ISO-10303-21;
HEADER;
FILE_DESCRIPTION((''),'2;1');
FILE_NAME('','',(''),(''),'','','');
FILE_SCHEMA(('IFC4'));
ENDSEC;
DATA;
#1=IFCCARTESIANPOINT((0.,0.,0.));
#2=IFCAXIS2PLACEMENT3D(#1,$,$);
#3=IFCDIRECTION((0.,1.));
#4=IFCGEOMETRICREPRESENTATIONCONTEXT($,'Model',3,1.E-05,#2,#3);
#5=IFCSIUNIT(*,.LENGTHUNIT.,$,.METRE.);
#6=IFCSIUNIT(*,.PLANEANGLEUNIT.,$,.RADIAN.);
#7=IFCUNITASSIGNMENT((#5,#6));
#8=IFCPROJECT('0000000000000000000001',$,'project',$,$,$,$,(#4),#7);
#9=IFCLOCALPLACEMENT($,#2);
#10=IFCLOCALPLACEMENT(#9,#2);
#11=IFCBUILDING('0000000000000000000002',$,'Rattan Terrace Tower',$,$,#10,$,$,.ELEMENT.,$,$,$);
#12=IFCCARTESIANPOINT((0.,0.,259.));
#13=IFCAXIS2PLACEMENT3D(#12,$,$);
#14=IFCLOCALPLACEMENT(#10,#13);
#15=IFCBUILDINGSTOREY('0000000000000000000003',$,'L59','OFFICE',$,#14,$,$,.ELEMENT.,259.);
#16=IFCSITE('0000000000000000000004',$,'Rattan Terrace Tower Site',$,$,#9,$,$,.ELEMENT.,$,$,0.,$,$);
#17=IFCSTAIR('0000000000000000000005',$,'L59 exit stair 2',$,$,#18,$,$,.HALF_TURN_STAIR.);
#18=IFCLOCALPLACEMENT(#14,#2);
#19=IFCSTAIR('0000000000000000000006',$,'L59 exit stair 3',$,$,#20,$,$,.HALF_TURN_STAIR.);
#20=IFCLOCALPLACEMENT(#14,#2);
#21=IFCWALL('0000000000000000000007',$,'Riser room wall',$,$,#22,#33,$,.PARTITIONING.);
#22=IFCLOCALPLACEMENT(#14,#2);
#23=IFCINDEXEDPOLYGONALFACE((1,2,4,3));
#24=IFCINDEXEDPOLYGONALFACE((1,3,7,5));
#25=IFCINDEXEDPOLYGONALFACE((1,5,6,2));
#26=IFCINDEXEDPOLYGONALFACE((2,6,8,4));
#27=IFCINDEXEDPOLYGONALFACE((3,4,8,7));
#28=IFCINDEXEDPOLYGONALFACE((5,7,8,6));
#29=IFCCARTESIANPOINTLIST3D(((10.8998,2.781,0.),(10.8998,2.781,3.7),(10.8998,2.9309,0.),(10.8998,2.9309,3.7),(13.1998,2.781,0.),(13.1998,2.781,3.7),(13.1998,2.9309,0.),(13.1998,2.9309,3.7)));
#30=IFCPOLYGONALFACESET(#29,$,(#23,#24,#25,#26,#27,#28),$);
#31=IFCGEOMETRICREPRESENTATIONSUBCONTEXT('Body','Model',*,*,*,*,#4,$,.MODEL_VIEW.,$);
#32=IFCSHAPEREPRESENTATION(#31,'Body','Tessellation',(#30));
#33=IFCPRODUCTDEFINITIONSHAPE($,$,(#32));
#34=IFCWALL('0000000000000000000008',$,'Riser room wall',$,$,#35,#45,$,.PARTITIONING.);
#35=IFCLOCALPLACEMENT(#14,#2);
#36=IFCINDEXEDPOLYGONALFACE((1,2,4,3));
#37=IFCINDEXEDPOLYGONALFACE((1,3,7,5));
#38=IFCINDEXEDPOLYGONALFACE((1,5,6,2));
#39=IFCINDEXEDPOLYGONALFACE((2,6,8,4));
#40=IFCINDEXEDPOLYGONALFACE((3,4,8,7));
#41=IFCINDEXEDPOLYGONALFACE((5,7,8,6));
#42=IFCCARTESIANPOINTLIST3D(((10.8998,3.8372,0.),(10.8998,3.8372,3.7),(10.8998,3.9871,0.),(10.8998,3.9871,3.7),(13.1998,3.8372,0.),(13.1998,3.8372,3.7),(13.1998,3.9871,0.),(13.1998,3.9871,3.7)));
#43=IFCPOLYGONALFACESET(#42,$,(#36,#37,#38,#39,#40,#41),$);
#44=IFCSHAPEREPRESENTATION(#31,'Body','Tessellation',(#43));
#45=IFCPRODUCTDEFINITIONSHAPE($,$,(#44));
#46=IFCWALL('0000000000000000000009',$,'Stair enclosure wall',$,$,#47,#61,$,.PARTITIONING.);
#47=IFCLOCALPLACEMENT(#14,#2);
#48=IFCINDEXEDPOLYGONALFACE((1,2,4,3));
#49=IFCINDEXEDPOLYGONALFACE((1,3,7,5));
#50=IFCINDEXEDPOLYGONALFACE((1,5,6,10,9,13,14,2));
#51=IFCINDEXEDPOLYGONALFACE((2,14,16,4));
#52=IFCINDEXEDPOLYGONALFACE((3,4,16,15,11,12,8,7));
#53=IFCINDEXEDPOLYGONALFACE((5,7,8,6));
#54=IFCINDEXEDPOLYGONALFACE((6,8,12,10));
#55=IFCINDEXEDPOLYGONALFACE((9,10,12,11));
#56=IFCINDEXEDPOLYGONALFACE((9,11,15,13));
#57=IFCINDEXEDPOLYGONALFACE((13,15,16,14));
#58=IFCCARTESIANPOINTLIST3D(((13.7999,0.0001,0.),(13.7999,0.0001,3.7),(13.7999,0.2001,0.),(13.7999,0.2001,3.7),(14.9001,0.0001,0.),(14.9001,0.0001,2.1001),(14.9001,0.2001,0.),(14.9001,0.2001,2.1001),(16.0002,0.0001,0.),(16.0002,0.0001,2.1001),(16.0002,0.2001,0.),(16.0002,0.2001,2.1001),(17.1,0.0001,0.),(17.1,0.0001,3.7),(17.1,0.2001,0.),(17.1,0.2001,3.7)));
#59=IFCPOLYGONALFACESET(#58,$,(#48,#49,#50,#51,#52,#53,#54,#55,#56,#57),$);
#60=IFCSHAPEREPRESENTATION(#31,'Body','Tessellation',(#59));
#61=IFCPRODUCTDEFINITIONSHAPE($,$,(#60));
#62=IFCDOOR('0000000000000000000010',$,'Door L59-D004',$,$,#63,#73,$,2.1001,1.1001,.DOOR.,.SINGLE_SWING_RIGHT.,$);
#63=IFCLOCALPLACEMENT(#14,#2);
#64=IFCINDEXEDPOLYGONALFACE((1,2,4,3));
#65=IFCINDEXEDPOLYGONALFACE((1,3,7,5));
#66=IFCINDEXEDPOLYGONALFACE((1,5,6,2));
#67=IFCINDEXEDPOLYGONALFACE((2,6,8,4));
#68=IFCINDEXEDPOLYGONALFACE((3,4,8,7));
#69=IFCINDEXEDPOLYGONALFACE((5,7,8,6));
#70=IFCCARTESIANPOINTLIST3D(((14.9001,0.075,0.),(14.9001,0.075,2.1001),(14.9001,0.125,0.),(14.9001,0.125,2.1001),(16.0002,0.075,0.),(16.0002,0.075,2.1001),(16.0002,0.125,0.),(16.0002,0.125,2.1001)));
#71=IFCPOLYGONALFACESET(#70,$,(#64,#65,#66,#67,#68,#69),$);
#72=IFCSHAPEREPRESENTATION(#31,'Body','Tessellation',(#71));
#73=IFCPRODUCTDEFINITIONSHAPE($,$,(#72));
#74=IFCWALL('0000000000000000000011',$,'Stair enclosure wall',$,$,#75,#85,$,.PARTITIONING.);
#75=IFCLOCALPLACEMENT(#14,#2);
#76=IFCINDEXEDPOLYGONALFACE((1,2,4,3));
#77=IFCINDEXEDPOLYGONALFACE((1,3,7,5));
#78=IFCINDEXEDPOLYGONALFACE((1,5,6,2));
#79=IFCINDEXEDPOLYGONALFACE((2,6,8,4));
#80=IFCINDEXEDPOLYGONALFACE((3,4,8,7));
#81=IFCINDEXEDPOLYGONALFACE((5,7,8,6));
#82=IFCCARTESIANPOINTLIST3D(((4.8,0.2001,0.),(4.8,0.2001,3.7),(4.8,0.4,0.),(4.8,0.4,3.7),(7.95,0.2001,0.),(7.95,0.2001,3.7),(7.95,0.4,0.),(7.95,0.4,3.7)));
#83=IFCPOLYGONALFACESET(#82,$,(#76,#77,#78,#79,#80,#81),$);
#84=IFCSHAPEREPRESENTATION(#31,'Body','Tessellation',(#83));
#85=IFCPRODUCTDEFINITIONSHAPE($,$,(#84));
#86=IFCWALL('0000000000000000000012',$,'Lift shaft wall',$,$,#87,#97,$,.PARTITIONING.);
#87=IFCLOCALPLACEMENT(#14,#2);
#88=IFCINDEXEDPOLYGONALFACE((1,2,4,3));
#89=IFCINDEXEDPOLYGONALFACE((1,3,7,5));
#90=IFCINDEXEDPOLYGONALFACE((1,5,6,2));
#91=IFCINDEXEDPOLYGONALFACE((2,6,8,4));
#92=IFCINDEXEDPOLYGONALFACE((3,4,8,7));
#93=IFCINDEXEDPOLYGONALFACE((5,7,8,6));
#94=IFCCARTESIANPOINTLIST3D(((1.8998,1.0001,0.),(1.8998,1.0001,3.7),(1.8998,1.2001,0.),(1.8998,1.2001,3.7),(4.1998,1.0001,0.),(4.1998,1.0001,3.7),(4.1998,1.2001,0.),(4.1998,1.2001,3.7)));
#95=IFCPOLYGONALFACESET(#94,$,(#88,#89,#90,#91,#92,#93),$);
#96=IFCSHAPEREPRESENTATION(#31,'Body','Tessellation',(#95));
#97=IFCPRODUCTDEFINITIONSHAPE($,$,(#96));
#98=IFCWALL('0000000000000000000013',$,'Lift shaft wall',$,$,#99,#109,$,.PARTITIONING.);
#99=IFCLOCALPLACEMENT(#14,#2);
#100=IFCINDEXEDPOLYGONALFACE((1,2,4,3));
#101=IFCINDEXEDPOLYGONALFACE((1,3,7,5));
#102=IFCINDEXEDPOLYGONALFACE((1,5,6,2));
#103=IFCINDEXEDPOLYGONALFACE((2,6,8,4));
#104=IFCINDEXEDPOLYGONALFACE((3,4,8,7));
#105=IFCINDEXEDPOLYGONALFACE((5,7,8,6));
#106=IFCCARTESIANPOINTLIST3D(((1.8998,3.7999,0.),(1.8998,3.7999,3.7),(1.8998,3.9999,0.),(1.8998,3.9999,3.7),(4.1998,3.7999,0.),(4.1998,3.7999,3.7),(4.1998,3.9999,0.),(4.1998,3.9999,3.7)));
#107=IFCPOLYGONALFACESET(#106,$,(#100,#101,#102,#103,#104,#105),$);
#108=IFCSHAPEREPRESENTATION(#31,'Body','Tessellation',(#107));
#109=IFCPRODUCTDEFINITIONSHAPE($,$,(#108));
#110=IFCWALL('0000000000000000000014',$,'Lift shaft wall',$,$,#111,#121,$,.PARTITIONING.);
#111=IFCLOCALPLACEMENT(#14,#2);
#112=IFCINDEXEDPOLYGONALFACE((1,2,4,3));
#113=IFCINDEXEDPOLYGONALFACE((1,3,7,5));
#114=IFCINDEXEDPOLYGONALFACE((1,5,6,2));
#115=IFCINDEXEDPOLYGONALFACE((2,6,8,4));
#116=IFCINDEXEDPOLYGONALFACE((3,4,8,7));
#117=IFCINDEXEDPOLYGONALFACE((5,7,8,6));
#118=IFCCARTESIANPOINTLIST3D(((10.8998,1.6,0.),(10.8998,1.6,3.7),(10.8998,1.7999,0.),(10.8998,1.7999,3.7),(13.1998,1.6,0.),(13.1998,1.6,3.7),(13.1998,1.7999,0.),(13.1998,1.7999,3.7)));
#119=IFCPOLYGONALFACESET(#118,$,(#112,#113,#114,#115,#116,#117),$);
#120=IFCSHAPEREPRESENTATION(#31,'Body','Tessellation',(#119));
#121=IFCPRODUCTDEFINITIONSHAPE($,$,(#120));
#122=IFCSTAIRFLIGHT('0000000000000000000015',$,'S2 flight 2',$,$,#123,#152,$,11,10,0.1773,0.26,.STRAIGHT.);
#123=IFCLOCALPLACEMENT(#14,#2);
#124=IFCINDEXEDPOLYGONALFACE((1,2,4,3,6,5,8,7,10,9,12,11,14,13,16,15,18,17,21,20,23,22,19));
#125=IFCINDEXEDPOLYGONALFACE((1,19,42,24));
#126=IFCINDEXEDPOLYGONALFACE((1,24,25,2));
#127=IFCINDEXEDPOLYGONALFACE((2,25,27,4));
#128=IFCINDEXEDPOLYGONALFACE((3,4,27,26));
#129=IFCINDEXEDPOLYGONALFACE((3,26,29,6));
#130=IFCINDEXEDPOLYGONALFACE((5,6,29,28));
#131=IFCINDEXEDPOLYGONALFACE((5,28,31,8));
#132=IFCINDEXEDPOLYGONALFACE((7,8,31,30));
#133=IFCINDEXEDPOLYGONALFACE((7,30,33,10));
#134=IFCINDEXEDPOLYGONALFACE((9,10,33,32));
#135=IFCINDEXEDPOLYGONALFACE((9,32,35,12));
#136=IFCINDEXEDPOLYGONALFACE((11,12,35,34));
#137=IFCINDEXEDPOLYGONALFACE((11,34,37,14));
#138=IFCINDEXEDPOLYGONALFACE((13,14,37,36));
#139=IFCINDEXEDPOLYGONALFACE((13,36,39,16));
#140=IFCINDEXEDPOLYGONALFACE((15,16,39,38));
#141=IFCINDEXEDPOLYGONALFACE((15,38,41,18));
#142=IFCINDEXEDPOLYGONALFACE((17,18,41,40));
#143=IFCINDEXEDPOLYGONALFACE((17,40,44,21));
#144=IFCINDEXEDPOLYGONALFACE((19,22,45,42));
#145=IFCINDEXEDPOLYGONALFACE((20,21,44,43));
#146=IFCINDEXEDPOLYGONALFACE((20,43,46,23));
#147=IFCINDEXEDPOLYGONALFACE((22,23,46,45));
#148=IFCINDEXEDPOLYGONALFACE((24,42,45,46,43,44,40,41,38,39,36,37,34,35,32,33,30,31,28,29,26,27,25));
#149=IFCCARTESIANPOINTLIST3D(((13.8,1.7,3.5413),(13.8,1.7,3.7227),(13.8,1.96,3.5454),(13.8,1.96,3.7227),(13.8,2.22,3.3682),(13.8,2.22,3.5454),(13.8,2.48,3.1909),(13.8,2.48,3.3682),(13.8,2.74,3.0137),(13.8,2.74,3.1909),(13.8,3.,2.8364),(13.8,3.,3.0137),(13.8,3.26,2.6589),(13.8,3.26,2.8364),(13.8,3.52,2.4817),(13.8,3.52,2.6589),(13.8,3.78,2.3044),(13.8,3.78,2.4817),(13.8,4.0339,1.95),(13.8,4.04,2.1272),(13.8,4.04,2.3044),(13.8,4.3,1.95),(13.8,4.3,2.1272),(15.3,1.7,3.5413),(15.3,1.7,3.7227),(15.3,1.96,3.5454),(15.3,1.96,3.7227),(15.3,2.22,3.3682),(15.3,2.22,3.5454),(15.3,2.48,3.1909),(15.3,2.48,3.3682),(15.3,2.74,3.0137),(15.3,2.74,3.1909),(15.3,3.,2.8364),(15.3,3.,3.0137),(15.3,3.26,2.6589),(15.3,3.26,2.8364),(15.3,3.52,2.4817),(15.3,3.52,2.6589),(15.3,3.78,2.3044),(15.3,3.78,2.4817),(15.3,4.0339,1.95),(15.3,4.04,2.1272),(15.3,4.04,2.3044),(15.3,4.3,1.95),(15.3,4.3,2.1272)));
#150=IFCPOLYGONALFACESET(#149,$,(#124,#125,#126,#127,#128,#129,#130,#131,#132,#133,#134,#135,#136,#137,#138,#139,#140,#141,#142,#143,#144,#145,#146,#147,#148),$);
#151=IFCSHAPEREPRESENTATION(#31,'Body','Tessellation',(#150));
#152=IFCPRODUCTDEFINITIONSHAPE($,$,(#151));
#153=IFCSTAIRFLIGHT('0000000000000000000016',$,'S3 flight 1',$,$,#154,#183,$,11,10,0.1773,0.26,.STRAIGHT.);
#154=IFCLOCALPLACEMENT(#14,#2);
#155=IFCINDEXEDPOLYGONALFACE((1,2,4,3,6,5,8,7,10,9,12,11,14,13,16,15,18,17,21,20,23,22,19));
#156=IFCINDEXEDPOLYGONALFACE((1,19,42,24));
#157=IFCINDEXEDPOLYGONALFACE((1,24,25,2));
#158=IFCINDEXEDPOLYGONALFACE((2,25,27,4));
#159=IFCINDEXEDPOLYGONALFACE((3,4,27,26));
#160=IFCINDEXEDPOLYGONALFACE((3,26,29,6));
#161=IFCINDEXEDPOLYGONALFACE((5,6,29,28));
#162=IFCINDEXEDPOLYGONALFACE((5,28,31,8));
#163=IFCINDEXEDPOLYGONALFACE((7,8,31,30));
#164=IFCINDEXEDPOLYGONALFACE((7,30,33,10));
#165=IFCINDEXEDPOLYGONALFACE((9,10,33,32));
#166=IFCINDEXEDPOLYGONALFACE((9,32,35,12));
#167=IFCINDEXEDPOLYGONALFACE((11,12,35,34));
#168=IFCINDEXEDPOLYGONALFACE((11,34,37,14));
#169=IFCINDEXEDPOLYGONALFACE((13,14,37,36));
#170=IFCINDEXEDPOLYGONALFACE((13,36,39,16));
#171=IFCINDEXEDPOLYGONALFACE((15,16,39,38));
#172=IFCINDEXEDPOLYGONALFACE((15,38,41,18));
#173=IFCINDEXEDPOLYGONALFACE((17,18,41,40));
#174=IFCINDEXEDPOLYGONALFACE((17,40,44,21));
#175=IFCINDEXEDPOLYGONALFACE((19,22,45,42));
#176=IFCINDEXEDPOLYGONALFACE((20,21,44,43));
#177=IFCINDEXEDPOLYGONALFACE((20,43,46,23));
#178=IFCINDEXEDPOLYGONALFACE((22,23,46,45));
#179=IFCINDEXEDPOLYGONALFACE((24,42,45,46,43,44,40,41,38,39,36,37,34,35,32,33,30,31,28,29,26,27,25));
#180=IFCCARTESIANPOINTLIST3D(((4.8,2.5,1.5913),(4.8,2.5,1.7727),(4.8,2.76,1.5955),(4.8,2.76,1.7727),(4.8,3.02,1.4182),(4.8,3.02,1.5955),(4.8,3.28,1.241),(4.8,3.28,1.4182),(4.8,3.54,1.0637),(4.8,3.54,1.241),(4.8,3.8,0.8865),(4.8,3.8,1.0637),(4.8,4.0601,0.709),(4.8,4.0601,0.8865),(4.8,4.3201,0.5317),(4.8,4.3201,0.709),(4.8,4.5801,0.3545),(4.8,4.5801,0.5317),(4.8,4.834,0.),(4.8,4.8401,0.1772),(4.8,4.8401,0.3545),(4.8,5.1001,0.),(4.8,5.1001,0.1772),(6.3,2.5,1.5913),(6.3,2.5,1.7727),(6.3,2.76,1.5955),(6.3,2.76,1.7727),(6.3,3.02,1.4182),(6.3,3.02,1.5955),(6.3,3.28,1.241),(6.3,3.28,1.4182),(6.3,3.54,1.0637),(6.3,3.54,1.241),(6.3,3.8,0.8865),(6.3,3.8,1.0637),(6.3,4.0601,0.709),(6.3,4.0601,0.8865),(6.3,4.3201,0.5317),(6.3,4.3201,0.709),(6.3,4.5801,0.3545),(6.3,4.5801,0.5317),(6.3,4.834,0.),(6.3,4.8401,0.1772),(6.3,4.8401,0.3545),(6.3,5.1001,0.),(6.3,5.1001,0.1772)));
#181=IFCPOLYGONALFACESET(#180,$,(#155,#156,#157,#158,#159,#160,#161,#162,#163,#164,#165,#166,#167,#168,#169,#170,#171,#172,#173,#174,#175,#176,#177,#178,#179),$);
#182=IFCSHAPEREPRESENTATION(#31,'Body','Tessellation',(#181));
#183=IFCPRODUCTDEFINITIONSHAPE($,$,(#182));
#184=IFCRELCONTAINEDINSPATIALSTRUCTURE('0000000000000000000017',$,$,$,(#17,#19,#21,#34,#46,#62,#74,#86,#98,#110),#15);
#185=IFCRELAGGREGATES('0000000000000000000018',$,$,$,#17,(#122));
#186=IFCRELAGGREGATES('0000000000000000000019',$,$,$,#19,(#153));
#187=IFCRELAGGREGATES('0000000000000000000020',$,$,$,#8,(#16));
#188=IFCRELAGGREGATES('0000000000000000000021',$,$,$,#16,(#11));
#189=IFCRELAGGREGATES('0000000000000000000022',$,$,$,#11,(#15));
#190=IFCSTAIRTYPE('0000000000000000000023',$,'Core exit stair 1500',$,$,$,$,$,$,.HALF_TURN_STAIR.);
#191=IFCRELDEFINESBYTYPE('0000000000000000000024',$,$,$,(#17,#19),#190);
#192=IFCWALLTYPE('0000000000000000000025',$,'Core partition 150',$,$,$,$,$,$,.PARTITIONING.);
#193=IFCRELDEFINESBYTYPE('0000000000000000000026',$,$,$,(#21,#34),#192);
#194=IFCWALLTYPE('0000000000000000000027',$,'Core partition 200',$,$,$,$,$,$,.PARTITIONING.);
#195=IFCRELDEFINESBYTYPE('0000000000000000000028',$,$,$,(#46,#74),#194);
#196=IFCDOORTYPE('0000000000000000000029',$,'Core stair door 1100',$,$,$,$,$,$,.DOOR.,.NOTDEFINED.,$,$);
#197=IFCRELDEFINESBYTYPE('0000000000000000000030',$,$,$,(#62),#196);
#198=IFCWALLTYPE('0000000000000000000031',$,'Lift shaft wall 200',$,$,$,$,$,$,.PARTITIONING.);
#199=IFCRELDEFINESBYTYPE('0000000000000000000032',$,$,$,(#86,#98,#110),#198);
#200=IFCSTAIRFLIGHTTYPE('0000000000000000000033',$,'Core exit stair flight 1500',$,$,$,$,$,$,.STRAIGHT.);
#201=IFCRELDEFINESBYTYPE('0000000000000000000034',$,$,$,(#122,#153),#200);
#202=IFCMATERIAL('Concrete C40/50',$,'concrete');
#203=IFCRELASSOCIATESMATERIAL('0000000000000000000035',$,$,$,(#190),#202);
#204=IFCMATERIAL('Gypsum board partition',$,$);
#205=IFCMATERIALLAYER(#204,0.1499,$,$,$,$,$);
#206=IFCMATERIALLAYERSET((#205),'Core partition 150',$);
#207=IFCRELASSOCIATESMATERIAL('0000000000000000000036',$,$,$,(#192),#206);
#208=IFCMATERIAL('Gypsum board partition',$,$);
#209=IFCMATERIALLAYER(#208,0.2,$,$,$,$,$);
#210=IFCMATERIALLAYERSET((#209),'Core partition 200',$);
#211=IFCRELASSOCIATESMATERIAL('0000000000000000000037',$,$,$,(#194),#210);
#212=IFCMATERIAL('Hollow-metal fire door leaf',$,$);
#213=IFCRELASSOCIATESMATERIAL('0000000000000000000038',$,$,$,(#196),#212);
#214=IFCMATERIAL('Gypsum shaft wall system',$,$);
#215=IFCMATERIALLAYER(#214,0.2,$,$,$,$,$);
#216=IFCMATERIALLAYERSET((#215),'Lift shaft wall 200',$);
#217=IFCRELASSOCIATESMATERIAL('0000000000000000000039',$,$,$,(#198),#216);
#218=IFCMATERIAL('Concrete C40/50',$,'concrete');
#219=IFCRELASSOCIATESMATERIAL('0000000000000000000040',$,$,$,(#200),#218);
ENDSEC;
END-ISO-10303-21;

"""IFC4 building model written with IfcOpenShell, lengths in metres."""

from ifc_helpers import new_model, si_unit, direction, frame, frame_2d, origin, place, context, subcontext, project, spatial, polyline, rectangle, outline, extrude, material, layer, layer_set, type_object, element, fill, aggregate, save


model = new_model("IFC4")

# Units and contexts
model_context = context("Model", 3, precision=1e-05, world=origin(), true_north=direction((0.0, 1.0)))
body_context = subcontext(model_context, "Body", "Model", "MODEL_VIEW")
ifc_project = project(units=[si_unit("LENGTHUNIT", "METRE"), si_unit("PLANEANGLEUNIT", "RADIAN")], contexts=[model_context])

# Site, building, storey
site_placement = place(None, origin())
site = spatial("IfcSite", under=ifc_project, at=site_placement, Name="Rattan Terrace Tower Site", CompositionType="ELEMENT", RefElevation=0.0)
building_placement = place(site_placement, origin())
building = spatial("IfcBuilding", under=site, at=building_placement, Name="Rattan Terrace Tower", CompositionType="ELEMENT")
storey_placement = place(building_placement, frame((0.0, 0.0, 259.0)))
storey = spatial("IfcBuildingStorey", under=building, at=storey_placement, Name="L59", Description="OFFICE", CompositionType="ELEMENT", Elevation=259.0)

# Stairs
ifc_material_1 = material(Name="Concrete C40/50", Category="concrete")
stair_type = type_object("IfcStairType", Name="Core exit stair 1500", PredefinedType="HALF_TURN_STAIR", material=ifc_material_1)
stair_1_placement = place(storey_placement, origin())
stair_1 = element("IfcStair", 1, at=stair_1_placement, inside=storey, type_object=stair_type, Name="L59 exit stair 2", PredefinedType="HALF_TURN_STAIR")
stair_2_placement = place(storey_placement, origin())
stair_2 = element("IfcStair", 2, at=stair_2_placement, inside=storey, type_object=stair_type, Name="L59 exit stair 3", PredefinedType="HALF_TURN_STAIR")

# Walls
ifc_material_2 = material(Name="Gypsum board partition")
ifc_layer_1 = layer(ifc_material_2, 0.1499)
ifc_layer_set_1 = layer_set([ifc_layer_1], Name="Core partition 150")
wall_type_1 = type_object("IfcWallType", Name="Core partition 150", PredefinedType="PARTITIONING", material=ifc_layer_set_1)
for number, where, z_axis, x_axis, name in (
    (3, (10.8999, 2.856, 0.0), (0.0, 0.0, 1.0), (1.0, 0.0, 0.0), "Riser room wall"),
    (4, (10.8999, 3.9121, 0.0), (0.0, 0.0, 1.0), (1.0, 0.0, 0.0), "Riser room wall"),
):
    element("IfcWall", number, at=place(storey_placement, frame(where, z_axis=z_axis, x_axis=x_axis)), inside=storey, type_object=wall_type_1, Name=name, PredefinedType="PARTITIONING", context=body_context, shape_type="SweptSolid", body=[
        extrude(rectangle(XDim=2.3, YDim=0.1499, at=frame_2d((1.1499, 0.0))), origin(), (0.0, 0.0, 1.0), 3.7),
    ])

# Wall, opening, door
ifc_material_3 = material(Name="Gypsum board partition")
ifc_layer_2 = layer(ifc_material_3, 0.2)
ifc_layer_set_2 = layer_set([ifc_layer_2], Name="Core partition 200")
wall_type_2 = type_object("IfcWallType", Name="Core partition 200", PredefinedType="PARTITIONING", material=ifc_layer_set_2)
wall_1_placement = place(storey_placement, frame((13.8, 0.1001, 0.0), z_axis=(0.0, 0.0, 1.0), x_axis=(1.0, 0.0, 0.0)))
wall_1 = element("IfcWall", 5, at=wall_1_placement, inside=storey, type_object=wall_type_2, Name="Stair enclosure wall", PredefinedType="PARTITIONING", context=body_context, shape_type="SweptSolid", body=[
    extrude(rectangle(XDim=3.3, YDim=0.2, at=frame_2d((1.6499, 0.0))), origin(), (0.0, 0.0, 1.0), 3.7),
])
opening_placement = place(wall_1_placement, frame((1.1001, 0.0, 0.0)))
opening = element("IfcOpeningElement", 6, at=opening_placement, cuts=wall_1, PredefinedType="OPENING", context=body_context, shape_type="SweptSolid", body=[
    extrude(rectangle(XDim=1.1001, YDim=2.1001, at=frame_2d((0.55, 1.05))), frame((0.0, 0.1106, 0.0), z_axis=(0.0, -1.0, 0.0), x_axis=(1.0, 0.0, 0.0)), (0.0, 0.0, 1.0), 0.2209),
])
ifc_material_4 = material(Name="Hollow-metal fire door leaf")
door_type = type_object("IfcDoorType", Name="Core stair door 1100", OperationType="NOTDEFINED", PredefinedType="DOOR", material=ifc_material_4)
door_placement = place(opening_placement, origin())
door = element("IfcDoor", 7, at=door_placement, inside=storey, type_object=door_type, Name="Door L59-D004", OperationType="SINGLE_SWING_RIGHT", OverallHeight=2.1001, OverallWidth=1.1001, PredefinedType="DOOR", context=body_context, shape_type="SweptSolid", body=[
    extrude(rectangle(XDim=1.1001, YDim=2.1001, at=frame_2d((0.55, 1.05))), frame((0.0, 0.0249, 0.0), z_axis=(0.0, -1.0, 0.0), x_axis=(1.0, 0.0, 0.0)), (0.0, 0.0, 1.0), 0.05),
])
fill(opening, door)

# Walls
wall_2_placement = place(storey_placement, frame((4.8, 0.3, 0.0), z_axis=(0.0, 0.0, 1.0), x_axis=(1.0, 0.0, 0.0)))
element("IfcWall", 8, at=wall_2_placement, inside=storey, type_object=wall_type_2, Name="Stair enclosure wall", PredefinedType="PARTITIONING", context=body_context, shape_type="SweptSolid", body=[
    extrude(rectangle(XDim=3.1499, YDim=0.2, at=frame_2d((1.575, 0.0))), origin(), (0.0, 0.0, 1.0), 3.7),
])
ifc_material_5 = material(Name="Gypsum shaft wall system")
ifc_layer_3 = layer(ifc_material_5, 0.2)
ifc_layer_set_3 = layer_set([ifc_layer_3], Name="Lift shaft wall 200")
wall_type_3 = type_object("IfcWallType", Name="Lift shaft wall 200", PredefinedType="PARTITIONING", material=ifc_layer_set_3)
for number, where, z_axis, x_axis, name in (
    (9, (1.8999, 1.1001, 0.0), (0.0, 0.0, 1.0), (1.0, 0.0, 0.0), "Lift shaft wall"),
    (10, (1.8999, 3.8999, 0.0), (0.0, 0.0, 1.0), (1.0, 0.0, 0.0), "Lift shaft wall"),
    (11, (10.8999, 1.7, 0.0), (0.0, 0.0, 1.0), (1.0, 0.0, 0.0), "Lift shaft wall"),
):
    element("IfcWall", number, at=place(storey_placement, frame(where, z_axis=z_axis, x_axis=x_axis)), inside=storey, type_object=wall_type_3, Name=name, PredefinedType="PARTITIONING", context=body_context, shape_type="SweptSolid", body=[
        extrude(rectangle(XDim=2.3, YDim=0.2, at=frame_2d((1.1499, 0.0))), origin(), (0.0, 0.0, 1.0), 3.7),
    ])

# Stair flights
ifc_material_6 = material(Name="Concrete C40/50", Category="concrete")
stair_flight_type = type_object("IfcStairFlightType", Name="Core exit stair flight 1500", PredefinedType="STRAIGHT", material=ifc_material_6)
stair_flight_1_placement = place(storey_placement, frame((14.55, 4.3, 1.95), z_axis=(0.0, 0.0, 1.0), x_axis=(0.0, -1.0, 0.0)))
stair_flight_1 = element("IfcStairFlight", 12, at=stair_flight_1_placement, type_object=stair_flight_type, Name="S2 flight 2", NumberOfRisers=11, NumberOfTreads=10, PredefinedType="STRAIGHT", RiserHeight=0.1773, TreadLength=0.26, context=body_context, shape_type="SweptSolid", body=[
    extrude(outline(polyline([(0.0, 0.0), (0.0, 0.1772), (0.26, 0.1772), (0.26, 0.3545), (0.52, 0.3545), (0.52, 0.5317), (0.78, 0.5317), (0.78, 0.709), (1.04, 0.709), (1.04, 0.8865), (1.3, 0.8865), (1.3, 1.0637), (1.5601, 1.0637), (1.5601, 1.241), (1.8201, 1.241), (1.8201, 1.4182), (2.0801, 1.4182), (2.0801, 1.5955), (2.3401, 1.5955), (2.3401, 1.7727), (2.6001, 1.7727), (2.6001, 1.95), (2.6001, 1.5913), (0.2661, 0.0), (0.0, 0.0)])), frame((0.0, 0.75, 0.0), z_axis=(0.0, -1.0, 0.0), x_axis=(1.0, 0.0, 0.0)), (0.0, 0.0, 1.0), 1.5),
])
aggregate(stair_1, [stair_flight_1])
stair_flight_2_placement = place(storey_placement, frame((5.55, 5.1001, 0.0), z_axis=(0.0, 0.0, 1.0), x_axis=(0.0, -1.0, 0.0)))
stair_flight_2 = element("IfcStairFlight", 13, at=stair_flight_2_placement, type_object=stair_flight_type, Name="S3 flight 1", NumberOfRisers=11, NumberOfTreads=10, PredefinedType="STRAIGHT", RiserHeight=0.1773, TreadLength=0.26, context=body_context, shape_type="SweptSolid", body=[
    extrude(outline(polyline([(0.0, 0.0), (0.0, 0.1772), (0.26, 0.1772), (0.26, 0.3545), (0.52, 0.3545), (0.52, 0.5317), (0.78, 0.5317), (0.78, 0.709), (1.04, 0.709), (1.04, 0.8865), (1.3, 0.8865), (1.3, 1.0637), (1.5601, 1.0637), (1.5601, 1.241), (1.8201, 1.241), (1.8201, 1.4182), (2.0801, 1.4182), (2.0801, 1.5955), (2.3401, 1.5955), (2.3401, 1.7727), (2.6001, 1.7727), (2.6001, 1.95), (2.6001, 1.5913), (0.2661, 0.0), (0.0, 0.0)])), frame((0.0, 0.75, 0.0), z_axis=(0.0, -1.0, 0.0), x_axis=(1.0, 0.0, 0.0)), (0.0, 0.0, 1.0), 1.5),
])
aggregate(stair_2, [stair_flight_2])

save(model, "model.ifc")
